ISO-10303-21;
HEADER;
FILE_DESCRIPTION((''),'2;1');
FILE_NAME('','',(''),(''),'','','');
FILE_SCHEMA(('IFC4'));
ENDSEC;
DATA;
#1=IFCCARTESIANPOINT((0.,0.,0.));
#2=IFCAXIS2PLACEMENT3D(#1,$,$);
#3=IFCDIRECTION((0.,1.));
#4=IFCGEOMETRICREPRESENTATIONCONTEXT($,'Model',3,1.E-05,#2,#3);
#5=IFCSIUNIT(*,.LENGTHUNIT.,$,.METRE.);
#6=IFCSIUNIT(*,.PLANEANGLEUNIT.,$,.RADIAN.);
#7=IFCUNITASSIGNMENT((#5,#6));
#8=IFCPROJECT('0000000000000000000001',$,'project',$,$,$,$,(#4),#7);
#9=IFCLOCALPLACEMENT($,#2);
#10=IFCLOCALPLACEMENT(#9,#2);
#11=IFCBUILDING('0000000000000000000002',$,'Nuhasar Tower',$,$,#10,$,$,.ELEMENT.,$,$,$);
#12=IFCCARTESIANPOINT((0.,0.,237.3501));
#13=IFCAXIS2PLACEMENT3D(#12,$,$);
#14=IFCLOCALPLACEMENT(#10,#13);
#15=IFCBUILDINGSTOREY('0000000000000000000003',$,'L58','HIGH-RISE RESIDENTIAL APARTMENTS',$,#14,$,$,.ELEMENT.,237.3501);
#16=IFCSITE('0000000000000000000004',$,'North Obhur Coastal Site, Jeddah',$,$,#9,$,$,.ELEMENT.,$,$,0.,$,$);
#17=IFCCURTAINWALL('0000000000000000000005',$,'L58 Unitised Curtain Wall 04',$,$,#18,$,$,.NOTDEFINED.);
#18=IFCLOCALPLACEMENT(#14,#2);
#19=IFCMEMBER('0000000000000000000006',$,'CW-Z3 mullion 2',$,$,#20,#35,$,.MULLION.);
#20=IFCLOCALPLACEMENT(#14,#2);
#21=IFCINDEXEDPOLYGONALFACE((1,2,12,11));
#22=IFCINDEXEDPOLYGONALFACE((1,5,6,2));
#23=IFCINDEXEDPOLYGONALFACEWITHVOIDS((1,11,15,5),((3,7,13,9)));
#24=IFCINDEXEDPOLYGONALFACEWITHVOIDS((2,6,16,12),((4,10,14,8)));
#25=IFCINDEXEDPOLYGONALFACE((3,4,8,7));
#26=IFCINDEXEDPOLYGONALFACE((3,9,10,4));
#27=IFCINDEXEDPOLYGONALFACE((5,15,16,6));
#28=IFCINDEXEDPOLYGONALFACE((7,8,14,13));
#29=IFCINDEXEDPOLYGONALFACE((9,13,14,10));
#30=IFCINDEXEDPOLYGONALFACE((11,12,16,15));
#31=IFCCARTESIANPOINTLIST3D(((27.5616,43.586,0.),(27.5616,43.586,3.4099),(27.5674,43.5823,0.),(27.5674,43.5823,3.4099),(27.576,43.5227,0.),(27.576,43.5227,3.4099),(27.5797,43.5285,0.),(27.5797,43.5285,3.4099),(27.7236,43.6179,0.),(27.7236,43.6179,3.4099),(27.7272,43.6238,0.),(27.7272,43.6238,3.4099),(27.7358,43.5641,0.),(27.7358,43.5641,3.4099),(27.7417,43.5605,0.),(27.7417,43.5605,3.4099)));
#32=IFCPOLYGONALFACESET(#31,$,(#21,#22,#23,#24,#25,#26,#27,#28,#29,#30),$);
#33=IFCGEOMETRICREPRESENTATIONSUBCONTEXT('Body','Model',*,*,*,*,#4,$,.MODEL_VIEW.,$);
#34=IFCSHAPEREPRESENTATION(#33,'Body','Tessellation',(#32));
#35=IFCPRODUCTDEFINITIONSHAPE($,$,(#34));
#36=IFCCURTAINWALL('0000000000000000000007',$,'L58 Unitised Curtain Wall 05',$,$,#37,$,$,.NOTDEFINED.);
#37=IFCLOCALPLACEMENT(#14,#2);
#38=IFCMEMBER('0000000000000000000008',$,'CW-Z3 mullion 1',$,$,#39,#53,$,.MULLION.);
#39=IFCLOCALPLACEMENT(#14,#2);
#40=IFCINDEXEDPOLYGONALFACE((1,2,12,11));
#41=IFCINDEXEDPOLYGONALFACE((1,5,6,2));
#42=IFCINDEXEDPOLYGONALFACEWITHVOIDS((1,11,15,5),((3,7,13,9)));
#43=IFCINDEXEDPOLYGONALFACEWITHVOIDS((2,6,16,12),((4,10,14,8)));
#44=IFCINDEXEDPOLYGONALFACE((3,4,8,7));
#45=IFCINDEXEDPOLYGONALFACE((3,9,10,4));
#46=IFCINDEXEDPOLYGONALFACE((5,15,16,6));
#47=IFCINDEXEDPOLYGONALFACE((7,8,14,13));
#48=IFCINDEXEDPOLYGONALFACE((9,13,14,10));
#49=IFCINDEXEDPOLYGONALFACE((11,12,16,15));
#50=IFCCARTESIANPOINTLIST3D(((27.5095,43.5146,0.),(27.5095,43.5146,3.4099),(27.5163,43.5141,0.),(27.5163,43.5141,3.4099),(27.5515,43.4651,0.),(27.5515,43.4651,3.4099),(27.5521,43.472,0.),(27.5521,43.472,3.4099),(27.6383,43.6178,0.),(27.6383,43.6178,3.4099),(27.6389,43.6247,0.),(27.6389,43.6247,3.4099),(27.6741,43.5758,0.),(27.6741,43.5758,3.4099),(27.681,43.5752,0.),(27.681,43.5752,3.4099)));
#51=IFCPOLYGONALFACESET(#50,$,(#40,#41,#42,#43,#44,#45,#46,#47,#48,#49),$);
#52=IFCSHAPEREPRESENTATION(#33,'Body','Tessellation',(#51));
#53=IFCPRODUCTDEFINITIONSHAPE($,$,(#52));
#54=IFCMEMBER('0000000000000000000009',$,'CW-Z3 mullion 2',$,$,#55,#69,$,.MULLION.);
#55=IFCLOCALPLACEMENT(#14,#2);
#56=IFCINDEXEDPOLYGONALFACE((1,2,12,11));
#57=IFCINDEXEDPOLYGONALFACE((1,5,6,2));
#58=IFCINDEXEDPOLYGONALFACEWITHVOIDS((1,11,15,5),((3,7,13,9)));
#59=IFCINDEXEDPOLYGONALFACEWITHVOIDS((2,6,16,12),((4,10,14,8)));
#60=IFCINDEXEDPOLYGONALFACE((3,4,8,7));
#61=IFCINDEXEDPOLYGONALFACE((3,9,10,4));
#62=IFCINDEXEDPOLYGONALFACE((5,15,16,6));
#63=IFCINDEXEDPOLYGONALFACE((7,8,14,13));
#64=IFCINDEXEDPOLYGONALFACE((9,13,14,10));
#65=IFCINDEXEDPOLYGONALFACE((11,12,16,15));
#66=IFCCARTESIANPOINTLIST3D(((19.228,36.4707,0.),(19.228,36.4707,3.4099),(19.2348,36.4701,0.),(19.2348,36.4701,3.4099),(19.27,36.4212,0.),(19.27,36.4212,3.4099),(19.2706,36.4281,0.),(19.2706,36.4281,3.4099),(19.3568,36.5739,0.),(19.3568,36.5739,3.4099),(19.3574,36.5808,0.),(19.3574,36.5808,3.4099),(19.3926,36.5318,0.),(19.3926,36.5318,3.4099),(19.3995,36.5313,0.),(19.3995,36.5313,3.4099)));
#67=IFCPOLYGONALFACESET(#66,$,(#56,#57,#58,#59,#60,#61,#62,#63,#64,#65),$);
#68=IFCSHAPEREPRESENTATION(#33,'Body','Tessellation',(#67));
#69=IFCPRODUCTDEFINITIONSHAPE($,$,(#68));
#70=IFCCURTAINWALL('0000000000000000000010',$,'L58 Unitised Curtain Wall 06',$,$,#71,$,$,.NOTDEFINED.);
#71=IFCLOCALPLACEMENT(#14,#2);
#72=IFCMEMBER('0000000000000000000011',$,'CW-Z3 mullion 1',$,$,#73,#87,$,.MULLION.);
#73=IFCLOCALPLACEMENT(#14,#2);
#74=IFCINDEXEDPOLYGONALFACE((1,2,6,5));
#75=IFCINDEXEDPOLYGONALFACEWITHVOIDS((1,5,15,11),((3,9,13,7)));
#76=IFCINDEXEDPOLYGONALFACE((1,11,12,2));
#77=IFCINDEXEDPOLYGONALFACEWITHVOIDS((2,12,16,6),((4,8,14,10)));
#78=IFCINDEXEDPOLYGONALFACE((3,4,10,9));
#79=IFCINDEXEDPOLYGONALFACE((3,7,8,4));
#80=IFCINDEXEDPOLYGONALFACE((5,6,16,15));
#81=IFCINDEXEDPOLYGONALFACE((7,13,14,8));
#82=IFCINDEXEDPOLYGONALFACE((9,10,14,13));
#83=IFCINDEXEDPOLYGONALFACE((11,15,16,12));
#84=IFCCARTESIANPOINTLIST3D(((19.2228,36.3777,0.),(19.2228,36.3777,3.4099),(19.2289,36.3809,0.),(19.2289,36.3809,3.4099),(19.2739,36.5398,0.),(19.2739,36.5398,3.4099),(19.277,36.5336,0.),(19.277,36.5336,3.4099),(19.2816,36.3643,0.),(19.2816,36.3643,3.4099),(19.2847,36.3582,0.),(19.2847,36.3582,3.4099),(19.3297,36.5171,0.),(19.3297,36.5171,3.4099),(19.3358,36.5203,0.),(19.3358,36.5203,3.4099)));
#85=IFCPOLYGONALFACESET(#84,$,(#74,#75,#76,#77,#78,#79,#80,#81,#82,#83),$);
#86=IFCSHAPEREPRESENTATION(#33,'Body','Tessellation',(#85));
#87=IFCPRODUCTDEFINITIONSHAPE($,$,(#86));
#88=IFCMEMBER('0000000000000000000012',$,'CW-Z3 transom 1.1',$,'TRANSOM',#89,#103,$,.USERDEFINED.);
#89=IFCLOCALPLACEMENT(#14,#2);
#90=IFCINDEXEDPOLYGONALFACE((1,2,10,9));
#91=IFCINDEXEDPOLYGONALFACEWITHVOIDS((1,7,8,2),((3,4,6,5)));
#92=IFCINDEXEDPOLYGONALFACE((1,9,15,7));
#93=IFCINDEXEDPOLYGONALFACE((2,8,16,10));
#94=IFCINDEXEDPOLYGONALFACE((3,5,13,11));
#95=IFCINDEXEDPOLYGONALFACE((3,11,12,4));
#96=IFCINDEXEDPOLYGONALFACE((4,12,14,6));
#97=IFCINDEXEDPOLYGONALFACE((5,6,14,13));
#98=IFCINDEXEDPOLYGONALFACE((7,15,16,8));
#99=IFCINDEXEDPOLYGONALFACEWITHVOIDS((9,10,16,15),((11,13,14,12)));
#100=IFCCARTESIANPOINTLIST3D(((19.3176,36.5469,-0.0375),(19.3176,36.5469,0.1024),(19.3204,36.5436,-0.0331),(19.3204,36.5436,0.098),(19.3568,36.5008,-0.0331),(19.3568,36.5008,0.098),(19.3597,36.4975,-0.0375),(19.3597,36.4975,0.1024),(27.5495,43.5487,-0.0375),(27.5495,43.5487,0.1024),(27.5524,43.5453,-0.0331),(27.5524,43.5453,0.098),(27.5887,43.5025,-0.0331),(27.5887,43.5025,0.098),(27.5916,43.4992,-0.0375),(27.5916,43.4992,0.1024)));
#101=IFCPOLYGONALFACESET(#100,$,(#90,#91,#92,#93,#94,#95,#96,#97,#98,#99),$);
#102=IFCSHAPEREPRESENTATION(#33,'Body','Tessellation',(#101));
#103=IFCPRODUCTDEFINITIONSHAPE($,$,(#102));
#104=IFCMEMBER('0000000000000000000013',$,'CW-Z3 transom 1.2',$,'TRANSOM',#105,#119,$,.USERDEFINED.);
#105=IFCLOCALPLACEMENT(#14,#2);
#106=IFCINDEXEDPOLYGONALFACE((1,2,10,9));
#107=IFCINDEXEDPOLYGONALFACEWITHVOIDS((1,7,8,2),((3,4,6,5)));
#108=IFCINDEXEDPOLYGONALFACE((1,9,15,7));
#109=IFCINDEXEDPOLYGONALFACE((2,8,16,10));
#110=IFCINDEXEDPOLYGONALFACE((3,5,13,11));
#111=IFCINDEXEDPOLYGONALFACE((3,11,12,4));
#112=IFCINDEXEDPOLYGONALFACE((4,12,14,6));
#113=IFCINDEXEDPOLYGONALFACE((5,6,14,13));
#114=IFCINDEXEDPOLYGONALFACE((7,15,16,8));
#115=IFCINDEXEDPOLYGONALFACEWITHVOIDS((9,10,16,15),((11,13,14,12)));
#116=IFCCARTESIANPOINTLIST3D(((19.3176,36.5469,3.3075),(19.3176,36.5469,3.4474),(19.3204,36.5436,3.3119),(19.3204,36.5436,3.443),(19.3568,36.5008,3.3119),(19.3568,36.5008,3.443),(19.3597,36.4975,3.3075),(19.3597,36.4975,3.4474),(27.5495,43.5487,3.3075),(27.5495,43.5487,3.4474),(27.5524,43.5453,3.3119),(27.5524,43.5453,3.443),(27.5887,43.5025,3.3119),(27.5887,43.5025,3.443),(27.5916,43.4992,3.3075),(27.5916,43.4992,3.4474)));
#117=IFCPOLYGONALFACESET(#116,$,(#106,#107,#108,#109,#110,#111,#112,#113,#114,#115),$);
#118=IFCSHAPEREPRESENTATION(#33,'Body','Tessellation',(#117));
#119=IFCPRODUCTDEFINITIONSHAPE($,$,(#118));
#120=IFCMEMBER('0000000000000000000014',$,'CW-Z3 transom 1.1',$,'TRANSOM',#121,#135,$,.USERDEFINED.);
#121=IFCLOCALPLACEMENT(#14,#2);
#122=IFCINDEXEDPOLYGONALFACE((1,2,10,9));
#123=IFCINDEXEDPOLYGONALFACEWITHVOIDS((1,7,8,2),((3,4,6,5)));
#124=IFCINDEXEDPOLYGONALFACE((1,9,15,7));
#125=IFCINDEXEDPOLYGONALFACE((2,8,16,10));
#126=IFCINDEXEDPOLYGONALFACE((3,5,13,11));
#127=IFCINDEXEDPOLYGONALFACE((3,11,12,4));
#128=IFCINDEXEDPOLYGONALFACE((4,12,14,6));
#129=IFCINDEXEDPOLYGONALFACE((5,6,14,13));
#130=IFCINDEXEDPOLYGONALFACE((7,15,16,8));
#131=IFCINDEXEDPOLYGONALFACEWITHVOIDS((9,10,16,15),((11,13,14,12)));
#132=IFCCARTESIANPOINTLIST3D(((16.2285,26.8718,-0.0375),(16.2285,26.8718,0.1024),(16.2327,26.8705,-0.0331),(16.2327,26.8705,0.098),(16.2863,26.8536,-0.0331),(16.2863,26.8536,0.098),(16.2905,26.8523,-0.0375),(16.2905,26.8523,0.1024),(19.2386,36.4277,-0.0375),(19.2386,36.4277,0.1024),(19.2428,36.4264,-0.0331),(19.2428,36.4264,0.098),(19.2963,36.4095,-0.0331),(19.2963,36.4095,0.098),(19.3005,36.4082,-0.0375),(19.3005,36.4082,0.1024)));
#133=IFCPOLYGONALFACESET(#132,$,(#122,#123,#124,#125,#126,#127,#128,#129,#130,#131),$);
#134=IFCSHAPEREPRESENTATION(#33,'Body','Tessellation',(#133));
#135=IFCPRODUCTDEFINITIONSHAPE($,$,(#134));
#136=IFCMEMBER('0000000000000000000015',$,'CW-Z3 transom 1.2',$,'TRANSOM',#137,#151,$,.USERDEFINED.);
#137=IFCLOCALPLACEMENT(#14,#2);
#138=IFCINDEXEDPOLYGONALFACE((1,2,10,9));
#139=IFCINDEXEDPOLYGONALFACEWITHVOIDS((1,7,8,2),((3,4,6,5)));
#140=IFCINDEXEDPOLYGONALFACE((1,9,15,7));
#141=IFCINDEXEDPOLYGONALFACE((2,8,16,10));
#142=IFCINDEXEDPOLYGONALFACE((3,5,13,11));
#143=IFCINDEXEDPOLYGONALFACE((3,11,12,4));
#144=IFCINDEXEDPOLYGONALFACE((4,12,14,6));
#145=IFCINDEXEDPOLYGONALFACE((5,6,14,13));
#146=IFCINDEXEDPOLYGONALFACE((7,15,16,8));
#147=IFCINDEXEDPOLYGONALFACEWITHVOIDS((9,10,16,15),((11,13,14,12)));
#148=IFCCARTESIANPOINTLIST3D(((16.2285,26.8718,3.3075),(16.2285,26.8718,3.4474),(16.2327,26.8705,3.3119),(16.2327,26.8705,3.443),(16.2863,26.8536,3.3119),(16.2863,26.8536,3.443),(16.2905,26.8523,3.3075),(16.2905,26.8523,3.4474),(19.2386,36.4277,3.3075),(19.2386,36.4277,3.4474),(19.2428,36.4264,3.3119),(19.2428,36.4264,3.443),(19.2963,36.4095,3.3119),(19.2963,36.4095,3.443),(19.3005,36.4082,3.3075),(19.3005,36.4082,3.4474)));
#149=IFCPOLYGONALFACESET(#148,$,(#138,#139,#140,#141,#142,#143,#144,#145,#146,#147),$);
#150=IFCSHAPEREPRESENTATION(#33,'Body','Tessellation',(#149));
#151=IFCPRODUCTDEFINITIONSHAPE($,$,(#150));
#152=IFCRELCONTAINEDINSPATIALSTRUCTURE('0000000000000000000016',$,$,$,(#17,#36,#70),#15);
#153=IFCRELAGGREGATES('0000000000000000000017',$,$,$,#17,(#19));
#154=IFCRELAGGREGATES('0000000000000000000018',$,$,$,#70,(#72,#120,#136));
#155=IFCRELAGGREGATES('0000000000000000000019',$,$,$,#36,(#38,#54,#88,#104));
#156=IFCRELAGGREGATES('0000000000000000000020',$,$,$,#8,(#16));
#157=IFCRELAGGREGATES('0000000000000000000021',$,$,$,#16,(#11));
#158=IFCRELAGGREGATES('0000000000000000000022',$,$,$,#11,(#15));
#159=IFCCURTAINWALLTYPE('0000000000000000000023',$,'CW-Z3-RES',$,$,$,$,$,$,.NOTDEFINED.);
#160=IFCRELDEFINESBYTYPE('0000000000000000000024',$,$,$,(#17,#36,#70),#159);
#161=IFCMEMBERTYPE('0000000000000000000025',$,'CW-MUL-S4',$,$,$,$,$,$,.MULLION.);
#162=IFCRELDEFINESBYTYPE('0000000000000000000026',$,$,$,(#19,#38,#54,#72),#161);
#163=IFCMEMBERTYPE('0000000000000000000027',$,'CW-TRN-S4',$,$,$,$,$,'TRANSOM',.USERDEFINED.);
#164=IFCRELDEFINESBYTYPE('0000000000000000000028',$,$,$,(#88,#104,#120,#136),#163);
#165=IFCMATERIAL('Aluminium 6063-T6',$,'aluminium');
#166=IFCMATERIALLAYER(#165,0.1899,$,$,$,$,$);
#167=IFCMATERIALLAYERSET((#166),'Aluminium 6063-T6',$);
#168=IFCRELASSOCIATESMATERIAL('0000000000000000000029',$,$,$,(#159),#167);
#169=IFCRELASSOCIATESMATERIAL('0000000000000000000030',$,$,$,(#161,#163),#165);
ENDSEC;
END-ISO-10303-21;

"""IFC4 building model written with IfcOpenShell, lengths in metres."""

from ifc_helpers import new_model, si_unit, direction, frame, origin, origin_2d, place, context, subcontext, project, spatial, hollow_rectangle, extrude, material, layer, layer_set, material_profile, profile_set, type_object, element, aggregate, save


model = new_model("IFC4")

# Units and contexts
model_context = context("Model", 3, precision=1e-05, world=origin(), true_north=direction((0.0, 1.0)))
body_context = subcontext(model_context, "Body", "Model", "MODEL_VIEW")
ifc_project = project(units=[si_unit("LENGTHUNIT", "METRE"), si_unit("PLANEANGLEUNIT", "RADIAN")], contexts=[model_context])

# Site, building, storey
site_placement = place(None, origin())
site = spatial("IfcSite", under=ifc_project, at=site_placement, Name="North Obhur Coastal Site, Jeddah", CompositionType="ELEMENT", RefElevation=0.0)
building_placement = place(site_placement, origin())
building = spatial("IfcBuilding", under=site, at=building_placement, Name="Nuhasar Tower", CompositionType="ELEMENT")
storey_placement = place(building_placement, frame((0.0, 0.0, 237.3501)))
storey = spatial("IfcBuildingStorey", under=building, at=storey_placement, Name="L58", Description="HIGH-RISE RESIDENTIAL APARTMENTS", CompositionType="ELEMENT", Elevation=237.3501)

# Curtain wall, member
ifc_material_1 = material(Name="Aluminium 6063-T6", Category="aluminium")
ifc_layer_1 = layer(ifc_material_1, 0.1899)
ifc_layer_set_1 = layer_set([ifc_layer_1], Name="Aluminium 6063-T6")
curtain_wall_type = type_object("IfcCurtainWallType", Name="CW-Z3-RES", PredefinedType="NOTDEFINED", material=ifc_layer_set_1)
curtain_wall_1_placement = place(storey_placement, origin())
curtain_wall_1 = element("IfcCurtainWall", 1, at=curtain_wall_1_placement, inside=storey, type_object=curtain_wall_type, Name="L58 Unitised Curtain Wall 04", PredefinedType="NOTDEFINED")
ifc_material_profile_1 = material_profile(ifc_material_1, hollow_rectangle(XDim=0.0649, YDim=0.1699, WallThickness=0.0049, at=origin_2d()), Name="CWM-4")
ifc_profile_set_1 = profile_set([ifc_material_profile_1], Name="Aluminium 6063-T6")
member_type_1 = type_object("IfcMemberType", Name="CW-MUL-S4", PredefinedType="MULLION", material=ifc_profile_set_1)
member_1_placement = place(storey_placement, frame((27.6516, 43.5732, 0.0), z_axis=(0.0, 0.0, 1.0), x_axis=(0.222243, -0.974991, 0.0)))
member_1 = element("IfcMember", 2, at=member_1_placement, type_object=member_type_1, Name="CW-Z3 mullion 2", PredefinedType="MULLION", context=body_context, shape_type="SweptSolid", body=[
    extrude(hollow_rectangle(XDim=0.0649, YDim=0.1699, WallThickness=0.0049, at=origin_2d()), origin(), (0.0, 0.0, 1.0), 3.4099),
])
aggregate(curtain_wall_1, [member_1])

# Curtain wall, members
curtain_wall_2_placement = place(storey_placement, origin())
curtain_wall_2 = element("IfcCurtainWall", 3, at=curtain_wall_2_placement, inside=storey, type_object=curtain_wall_type, Name="L58 Unitised Curtain Wall 05", PredefinedType="NOTDEFINED")
member_2_placement = place(storey_placement, frame((27.5952, 43.5449, 0.0), z_axis=(0.0, 0.0, 1.0), x_axis=(0.647895, -0.761729, 0.0)))
member_2 = element("IfcMember", 4, at=member_2_placement, type_object=member_type_1, Name="CW-Z3 mullion 1", PredefinedType="MULLION", context=body_context, shape_type="SweptSolid", body=[
    extrude(hollow_rectangle(XDim=0.0649, YDim=0.1699, WallThickness=0.0049, at=origin_2d()), origin(), (0.0, 0.0, 1.0), 3.4099),
])
member_3_placement = place(storey_placement, frame((19.3137, 36.501, 0.0), z_axis=(0.0, 0.0, 1.0), x_axis=(0.647895, -0.761729, 0.0)))
member_3 = element("IfcMember", 5, at=member_3_placement, type_object=member_type_1, Name="CW-Z3 mullion 2", PredefinedType="MULLION", context=body_context, shape_type="SweptSolid", body=[
    extrude(hollow_rectangle(XDim=0.0649, YDim=0.1699, WallThickness=0.0049, at=origin_2d()), origin(), (0.0, 0.0, 1.0), 3.4099),
])

# Curtain wall, member
curtain_wall_3_placement = place(storey_placement, origin())
curtain_wall_3 = element("IfcCurtainWall", 6, at=curtain_wall_3_placement, inside=storey, type_object=curtain_wall_type, Name="L58 Unitised Curtain Wall 06", PredefinedType="NOTDEFINED")
member_4_placement = place(storey_placement, frame((19.2793, 36.449, 0.0), z_axis=(0.0, 0.0, 1.0), x_axis=(0.953804, -0.300429, 0.0)))
member_4 = element("IfcMember", 7, at=member_4_placement, type_object=member_type_1, Name="CW-Z3 mullion 1", PredefinedType="MULLION", context=body_context, shape_type="SweptSolid", body=[
    extrude(hollow_rectangle(XDim=0.0649, YDim=0.1699, WallThickness=0.0049, at=origin_2d()), origin(), (0.0, 0.0, 1.0), 3.4099),
])

# Members
ifc_material_profile_2 = material_profile(ifc_material_1, hollow_rectangle(XDim=0.0649, YDim=0.1399, WallThickness=0.0044, at=origin_2d()), Name="CWT-4")
ifc_profile_set_2 = profile_set([ifc_material_profile_2], Name="Aluminium 6063-T6")
member_type_2 = type_object("IfcMemberType", Name="CW-TRN-S4", ElementType="TRANSOM", PredefinedType="USERDEFINED", material=ifc_profile_set_2)
member_5_placement = place(storey_placement, frame((27.5706, 43.5239, 0.0325), z_axis=(-0.761731, -0.647894, 0.0), x_axis=(0.647894, -0.761731, 0.0)))
member_5 = element("IfcMember", 8, at=member_5_placement, type_object=member_type_2, Name="CW-Z3 transom 1.1", ObjectType="TRANSOM", PredefinedType="USERDEFINED", context=body_context, shape_type="SweptSolid", body=[
    extrude(hollow_rectangle(XDim=0.0649, YDim=0.1399, WallThickness=0.0044, at=origin_2d()), origin(), (0.0, 0.0, 1.0), 10.8069),
])
member_6_placement = place(storey_placement, frame((27.5706, 43.5239, 3.3774), z_axis=(-0.761731, -0.647894, 0.0), x_axis=(0.647894, -0.761731, 0.0)))
member_6 = element("IfcMember", 9, at=member_6_placement, type_object=member_type_2, Name="CW-Z3 transom 1.2", ObjectType="TRANSOM", PredefinedType="USERDEFINED", context=body_context, shape_type="SweptSolid", body=[
    extrude(hollow_rectangle(XDim=0.0649, YDim=0.1399, WallThickness=0.0044, at=origin_2d()), origin(), (0.0, 0.0, 1.0), 10.8069),
])
member_7_placement = place(storey_placement, frame((19.2695, 36.418, 0.0325), z_axis=(-0.300437, -0.953802, 0.0), x_axis=(0.953802, -0.300437, 0.0)))
member_7 = element("IfcMember", 10, at=member_7_placement, type_object=member_type_2, Name="CW-Z3 transom 1.1", ObjectType="TRANSOM", PredefinedType="USERDEFINED", context=body_context, shape_type="SweptSolid", body=[
    extrude(hollow_rectangle(XDim=0.0649, YDim=0.1399, WallThickness=0.0044, at=origin_2d()), origin(), (0.0, 0.0, 1.0), 10.0188),
])
member_8_placement = place(storey_placement, frame((19.2695, 36.418, 3.3774), z_axis=(-0.300437, -0.953802, 0.0), x_axis=(0.953802, -0.300437, 0.0)))
member_8 = element("IfcMember", 11, at=member_8_placement, type_object=member_type_2, Name="CW-Z3 transom 1.2", ObjectType="TRANSOM", PredefinedType="USERDEFINED", context=body_context, shape_type="SweptSolid", body=[
    extrude(hollow_rectangle(XDim=0.0649, YDim=0.1399, WallThickness=0.0044, at=origin_2d()), origin(), (0.0, 0.0, 1.0), 10.0188),
])
aggregate(curtain_wall_3, [member_4, member_7, member_8])

aggregate(curtain_wall_2, [member_2, member_3, member_5, member_6])

save(model, "model.ifc")
